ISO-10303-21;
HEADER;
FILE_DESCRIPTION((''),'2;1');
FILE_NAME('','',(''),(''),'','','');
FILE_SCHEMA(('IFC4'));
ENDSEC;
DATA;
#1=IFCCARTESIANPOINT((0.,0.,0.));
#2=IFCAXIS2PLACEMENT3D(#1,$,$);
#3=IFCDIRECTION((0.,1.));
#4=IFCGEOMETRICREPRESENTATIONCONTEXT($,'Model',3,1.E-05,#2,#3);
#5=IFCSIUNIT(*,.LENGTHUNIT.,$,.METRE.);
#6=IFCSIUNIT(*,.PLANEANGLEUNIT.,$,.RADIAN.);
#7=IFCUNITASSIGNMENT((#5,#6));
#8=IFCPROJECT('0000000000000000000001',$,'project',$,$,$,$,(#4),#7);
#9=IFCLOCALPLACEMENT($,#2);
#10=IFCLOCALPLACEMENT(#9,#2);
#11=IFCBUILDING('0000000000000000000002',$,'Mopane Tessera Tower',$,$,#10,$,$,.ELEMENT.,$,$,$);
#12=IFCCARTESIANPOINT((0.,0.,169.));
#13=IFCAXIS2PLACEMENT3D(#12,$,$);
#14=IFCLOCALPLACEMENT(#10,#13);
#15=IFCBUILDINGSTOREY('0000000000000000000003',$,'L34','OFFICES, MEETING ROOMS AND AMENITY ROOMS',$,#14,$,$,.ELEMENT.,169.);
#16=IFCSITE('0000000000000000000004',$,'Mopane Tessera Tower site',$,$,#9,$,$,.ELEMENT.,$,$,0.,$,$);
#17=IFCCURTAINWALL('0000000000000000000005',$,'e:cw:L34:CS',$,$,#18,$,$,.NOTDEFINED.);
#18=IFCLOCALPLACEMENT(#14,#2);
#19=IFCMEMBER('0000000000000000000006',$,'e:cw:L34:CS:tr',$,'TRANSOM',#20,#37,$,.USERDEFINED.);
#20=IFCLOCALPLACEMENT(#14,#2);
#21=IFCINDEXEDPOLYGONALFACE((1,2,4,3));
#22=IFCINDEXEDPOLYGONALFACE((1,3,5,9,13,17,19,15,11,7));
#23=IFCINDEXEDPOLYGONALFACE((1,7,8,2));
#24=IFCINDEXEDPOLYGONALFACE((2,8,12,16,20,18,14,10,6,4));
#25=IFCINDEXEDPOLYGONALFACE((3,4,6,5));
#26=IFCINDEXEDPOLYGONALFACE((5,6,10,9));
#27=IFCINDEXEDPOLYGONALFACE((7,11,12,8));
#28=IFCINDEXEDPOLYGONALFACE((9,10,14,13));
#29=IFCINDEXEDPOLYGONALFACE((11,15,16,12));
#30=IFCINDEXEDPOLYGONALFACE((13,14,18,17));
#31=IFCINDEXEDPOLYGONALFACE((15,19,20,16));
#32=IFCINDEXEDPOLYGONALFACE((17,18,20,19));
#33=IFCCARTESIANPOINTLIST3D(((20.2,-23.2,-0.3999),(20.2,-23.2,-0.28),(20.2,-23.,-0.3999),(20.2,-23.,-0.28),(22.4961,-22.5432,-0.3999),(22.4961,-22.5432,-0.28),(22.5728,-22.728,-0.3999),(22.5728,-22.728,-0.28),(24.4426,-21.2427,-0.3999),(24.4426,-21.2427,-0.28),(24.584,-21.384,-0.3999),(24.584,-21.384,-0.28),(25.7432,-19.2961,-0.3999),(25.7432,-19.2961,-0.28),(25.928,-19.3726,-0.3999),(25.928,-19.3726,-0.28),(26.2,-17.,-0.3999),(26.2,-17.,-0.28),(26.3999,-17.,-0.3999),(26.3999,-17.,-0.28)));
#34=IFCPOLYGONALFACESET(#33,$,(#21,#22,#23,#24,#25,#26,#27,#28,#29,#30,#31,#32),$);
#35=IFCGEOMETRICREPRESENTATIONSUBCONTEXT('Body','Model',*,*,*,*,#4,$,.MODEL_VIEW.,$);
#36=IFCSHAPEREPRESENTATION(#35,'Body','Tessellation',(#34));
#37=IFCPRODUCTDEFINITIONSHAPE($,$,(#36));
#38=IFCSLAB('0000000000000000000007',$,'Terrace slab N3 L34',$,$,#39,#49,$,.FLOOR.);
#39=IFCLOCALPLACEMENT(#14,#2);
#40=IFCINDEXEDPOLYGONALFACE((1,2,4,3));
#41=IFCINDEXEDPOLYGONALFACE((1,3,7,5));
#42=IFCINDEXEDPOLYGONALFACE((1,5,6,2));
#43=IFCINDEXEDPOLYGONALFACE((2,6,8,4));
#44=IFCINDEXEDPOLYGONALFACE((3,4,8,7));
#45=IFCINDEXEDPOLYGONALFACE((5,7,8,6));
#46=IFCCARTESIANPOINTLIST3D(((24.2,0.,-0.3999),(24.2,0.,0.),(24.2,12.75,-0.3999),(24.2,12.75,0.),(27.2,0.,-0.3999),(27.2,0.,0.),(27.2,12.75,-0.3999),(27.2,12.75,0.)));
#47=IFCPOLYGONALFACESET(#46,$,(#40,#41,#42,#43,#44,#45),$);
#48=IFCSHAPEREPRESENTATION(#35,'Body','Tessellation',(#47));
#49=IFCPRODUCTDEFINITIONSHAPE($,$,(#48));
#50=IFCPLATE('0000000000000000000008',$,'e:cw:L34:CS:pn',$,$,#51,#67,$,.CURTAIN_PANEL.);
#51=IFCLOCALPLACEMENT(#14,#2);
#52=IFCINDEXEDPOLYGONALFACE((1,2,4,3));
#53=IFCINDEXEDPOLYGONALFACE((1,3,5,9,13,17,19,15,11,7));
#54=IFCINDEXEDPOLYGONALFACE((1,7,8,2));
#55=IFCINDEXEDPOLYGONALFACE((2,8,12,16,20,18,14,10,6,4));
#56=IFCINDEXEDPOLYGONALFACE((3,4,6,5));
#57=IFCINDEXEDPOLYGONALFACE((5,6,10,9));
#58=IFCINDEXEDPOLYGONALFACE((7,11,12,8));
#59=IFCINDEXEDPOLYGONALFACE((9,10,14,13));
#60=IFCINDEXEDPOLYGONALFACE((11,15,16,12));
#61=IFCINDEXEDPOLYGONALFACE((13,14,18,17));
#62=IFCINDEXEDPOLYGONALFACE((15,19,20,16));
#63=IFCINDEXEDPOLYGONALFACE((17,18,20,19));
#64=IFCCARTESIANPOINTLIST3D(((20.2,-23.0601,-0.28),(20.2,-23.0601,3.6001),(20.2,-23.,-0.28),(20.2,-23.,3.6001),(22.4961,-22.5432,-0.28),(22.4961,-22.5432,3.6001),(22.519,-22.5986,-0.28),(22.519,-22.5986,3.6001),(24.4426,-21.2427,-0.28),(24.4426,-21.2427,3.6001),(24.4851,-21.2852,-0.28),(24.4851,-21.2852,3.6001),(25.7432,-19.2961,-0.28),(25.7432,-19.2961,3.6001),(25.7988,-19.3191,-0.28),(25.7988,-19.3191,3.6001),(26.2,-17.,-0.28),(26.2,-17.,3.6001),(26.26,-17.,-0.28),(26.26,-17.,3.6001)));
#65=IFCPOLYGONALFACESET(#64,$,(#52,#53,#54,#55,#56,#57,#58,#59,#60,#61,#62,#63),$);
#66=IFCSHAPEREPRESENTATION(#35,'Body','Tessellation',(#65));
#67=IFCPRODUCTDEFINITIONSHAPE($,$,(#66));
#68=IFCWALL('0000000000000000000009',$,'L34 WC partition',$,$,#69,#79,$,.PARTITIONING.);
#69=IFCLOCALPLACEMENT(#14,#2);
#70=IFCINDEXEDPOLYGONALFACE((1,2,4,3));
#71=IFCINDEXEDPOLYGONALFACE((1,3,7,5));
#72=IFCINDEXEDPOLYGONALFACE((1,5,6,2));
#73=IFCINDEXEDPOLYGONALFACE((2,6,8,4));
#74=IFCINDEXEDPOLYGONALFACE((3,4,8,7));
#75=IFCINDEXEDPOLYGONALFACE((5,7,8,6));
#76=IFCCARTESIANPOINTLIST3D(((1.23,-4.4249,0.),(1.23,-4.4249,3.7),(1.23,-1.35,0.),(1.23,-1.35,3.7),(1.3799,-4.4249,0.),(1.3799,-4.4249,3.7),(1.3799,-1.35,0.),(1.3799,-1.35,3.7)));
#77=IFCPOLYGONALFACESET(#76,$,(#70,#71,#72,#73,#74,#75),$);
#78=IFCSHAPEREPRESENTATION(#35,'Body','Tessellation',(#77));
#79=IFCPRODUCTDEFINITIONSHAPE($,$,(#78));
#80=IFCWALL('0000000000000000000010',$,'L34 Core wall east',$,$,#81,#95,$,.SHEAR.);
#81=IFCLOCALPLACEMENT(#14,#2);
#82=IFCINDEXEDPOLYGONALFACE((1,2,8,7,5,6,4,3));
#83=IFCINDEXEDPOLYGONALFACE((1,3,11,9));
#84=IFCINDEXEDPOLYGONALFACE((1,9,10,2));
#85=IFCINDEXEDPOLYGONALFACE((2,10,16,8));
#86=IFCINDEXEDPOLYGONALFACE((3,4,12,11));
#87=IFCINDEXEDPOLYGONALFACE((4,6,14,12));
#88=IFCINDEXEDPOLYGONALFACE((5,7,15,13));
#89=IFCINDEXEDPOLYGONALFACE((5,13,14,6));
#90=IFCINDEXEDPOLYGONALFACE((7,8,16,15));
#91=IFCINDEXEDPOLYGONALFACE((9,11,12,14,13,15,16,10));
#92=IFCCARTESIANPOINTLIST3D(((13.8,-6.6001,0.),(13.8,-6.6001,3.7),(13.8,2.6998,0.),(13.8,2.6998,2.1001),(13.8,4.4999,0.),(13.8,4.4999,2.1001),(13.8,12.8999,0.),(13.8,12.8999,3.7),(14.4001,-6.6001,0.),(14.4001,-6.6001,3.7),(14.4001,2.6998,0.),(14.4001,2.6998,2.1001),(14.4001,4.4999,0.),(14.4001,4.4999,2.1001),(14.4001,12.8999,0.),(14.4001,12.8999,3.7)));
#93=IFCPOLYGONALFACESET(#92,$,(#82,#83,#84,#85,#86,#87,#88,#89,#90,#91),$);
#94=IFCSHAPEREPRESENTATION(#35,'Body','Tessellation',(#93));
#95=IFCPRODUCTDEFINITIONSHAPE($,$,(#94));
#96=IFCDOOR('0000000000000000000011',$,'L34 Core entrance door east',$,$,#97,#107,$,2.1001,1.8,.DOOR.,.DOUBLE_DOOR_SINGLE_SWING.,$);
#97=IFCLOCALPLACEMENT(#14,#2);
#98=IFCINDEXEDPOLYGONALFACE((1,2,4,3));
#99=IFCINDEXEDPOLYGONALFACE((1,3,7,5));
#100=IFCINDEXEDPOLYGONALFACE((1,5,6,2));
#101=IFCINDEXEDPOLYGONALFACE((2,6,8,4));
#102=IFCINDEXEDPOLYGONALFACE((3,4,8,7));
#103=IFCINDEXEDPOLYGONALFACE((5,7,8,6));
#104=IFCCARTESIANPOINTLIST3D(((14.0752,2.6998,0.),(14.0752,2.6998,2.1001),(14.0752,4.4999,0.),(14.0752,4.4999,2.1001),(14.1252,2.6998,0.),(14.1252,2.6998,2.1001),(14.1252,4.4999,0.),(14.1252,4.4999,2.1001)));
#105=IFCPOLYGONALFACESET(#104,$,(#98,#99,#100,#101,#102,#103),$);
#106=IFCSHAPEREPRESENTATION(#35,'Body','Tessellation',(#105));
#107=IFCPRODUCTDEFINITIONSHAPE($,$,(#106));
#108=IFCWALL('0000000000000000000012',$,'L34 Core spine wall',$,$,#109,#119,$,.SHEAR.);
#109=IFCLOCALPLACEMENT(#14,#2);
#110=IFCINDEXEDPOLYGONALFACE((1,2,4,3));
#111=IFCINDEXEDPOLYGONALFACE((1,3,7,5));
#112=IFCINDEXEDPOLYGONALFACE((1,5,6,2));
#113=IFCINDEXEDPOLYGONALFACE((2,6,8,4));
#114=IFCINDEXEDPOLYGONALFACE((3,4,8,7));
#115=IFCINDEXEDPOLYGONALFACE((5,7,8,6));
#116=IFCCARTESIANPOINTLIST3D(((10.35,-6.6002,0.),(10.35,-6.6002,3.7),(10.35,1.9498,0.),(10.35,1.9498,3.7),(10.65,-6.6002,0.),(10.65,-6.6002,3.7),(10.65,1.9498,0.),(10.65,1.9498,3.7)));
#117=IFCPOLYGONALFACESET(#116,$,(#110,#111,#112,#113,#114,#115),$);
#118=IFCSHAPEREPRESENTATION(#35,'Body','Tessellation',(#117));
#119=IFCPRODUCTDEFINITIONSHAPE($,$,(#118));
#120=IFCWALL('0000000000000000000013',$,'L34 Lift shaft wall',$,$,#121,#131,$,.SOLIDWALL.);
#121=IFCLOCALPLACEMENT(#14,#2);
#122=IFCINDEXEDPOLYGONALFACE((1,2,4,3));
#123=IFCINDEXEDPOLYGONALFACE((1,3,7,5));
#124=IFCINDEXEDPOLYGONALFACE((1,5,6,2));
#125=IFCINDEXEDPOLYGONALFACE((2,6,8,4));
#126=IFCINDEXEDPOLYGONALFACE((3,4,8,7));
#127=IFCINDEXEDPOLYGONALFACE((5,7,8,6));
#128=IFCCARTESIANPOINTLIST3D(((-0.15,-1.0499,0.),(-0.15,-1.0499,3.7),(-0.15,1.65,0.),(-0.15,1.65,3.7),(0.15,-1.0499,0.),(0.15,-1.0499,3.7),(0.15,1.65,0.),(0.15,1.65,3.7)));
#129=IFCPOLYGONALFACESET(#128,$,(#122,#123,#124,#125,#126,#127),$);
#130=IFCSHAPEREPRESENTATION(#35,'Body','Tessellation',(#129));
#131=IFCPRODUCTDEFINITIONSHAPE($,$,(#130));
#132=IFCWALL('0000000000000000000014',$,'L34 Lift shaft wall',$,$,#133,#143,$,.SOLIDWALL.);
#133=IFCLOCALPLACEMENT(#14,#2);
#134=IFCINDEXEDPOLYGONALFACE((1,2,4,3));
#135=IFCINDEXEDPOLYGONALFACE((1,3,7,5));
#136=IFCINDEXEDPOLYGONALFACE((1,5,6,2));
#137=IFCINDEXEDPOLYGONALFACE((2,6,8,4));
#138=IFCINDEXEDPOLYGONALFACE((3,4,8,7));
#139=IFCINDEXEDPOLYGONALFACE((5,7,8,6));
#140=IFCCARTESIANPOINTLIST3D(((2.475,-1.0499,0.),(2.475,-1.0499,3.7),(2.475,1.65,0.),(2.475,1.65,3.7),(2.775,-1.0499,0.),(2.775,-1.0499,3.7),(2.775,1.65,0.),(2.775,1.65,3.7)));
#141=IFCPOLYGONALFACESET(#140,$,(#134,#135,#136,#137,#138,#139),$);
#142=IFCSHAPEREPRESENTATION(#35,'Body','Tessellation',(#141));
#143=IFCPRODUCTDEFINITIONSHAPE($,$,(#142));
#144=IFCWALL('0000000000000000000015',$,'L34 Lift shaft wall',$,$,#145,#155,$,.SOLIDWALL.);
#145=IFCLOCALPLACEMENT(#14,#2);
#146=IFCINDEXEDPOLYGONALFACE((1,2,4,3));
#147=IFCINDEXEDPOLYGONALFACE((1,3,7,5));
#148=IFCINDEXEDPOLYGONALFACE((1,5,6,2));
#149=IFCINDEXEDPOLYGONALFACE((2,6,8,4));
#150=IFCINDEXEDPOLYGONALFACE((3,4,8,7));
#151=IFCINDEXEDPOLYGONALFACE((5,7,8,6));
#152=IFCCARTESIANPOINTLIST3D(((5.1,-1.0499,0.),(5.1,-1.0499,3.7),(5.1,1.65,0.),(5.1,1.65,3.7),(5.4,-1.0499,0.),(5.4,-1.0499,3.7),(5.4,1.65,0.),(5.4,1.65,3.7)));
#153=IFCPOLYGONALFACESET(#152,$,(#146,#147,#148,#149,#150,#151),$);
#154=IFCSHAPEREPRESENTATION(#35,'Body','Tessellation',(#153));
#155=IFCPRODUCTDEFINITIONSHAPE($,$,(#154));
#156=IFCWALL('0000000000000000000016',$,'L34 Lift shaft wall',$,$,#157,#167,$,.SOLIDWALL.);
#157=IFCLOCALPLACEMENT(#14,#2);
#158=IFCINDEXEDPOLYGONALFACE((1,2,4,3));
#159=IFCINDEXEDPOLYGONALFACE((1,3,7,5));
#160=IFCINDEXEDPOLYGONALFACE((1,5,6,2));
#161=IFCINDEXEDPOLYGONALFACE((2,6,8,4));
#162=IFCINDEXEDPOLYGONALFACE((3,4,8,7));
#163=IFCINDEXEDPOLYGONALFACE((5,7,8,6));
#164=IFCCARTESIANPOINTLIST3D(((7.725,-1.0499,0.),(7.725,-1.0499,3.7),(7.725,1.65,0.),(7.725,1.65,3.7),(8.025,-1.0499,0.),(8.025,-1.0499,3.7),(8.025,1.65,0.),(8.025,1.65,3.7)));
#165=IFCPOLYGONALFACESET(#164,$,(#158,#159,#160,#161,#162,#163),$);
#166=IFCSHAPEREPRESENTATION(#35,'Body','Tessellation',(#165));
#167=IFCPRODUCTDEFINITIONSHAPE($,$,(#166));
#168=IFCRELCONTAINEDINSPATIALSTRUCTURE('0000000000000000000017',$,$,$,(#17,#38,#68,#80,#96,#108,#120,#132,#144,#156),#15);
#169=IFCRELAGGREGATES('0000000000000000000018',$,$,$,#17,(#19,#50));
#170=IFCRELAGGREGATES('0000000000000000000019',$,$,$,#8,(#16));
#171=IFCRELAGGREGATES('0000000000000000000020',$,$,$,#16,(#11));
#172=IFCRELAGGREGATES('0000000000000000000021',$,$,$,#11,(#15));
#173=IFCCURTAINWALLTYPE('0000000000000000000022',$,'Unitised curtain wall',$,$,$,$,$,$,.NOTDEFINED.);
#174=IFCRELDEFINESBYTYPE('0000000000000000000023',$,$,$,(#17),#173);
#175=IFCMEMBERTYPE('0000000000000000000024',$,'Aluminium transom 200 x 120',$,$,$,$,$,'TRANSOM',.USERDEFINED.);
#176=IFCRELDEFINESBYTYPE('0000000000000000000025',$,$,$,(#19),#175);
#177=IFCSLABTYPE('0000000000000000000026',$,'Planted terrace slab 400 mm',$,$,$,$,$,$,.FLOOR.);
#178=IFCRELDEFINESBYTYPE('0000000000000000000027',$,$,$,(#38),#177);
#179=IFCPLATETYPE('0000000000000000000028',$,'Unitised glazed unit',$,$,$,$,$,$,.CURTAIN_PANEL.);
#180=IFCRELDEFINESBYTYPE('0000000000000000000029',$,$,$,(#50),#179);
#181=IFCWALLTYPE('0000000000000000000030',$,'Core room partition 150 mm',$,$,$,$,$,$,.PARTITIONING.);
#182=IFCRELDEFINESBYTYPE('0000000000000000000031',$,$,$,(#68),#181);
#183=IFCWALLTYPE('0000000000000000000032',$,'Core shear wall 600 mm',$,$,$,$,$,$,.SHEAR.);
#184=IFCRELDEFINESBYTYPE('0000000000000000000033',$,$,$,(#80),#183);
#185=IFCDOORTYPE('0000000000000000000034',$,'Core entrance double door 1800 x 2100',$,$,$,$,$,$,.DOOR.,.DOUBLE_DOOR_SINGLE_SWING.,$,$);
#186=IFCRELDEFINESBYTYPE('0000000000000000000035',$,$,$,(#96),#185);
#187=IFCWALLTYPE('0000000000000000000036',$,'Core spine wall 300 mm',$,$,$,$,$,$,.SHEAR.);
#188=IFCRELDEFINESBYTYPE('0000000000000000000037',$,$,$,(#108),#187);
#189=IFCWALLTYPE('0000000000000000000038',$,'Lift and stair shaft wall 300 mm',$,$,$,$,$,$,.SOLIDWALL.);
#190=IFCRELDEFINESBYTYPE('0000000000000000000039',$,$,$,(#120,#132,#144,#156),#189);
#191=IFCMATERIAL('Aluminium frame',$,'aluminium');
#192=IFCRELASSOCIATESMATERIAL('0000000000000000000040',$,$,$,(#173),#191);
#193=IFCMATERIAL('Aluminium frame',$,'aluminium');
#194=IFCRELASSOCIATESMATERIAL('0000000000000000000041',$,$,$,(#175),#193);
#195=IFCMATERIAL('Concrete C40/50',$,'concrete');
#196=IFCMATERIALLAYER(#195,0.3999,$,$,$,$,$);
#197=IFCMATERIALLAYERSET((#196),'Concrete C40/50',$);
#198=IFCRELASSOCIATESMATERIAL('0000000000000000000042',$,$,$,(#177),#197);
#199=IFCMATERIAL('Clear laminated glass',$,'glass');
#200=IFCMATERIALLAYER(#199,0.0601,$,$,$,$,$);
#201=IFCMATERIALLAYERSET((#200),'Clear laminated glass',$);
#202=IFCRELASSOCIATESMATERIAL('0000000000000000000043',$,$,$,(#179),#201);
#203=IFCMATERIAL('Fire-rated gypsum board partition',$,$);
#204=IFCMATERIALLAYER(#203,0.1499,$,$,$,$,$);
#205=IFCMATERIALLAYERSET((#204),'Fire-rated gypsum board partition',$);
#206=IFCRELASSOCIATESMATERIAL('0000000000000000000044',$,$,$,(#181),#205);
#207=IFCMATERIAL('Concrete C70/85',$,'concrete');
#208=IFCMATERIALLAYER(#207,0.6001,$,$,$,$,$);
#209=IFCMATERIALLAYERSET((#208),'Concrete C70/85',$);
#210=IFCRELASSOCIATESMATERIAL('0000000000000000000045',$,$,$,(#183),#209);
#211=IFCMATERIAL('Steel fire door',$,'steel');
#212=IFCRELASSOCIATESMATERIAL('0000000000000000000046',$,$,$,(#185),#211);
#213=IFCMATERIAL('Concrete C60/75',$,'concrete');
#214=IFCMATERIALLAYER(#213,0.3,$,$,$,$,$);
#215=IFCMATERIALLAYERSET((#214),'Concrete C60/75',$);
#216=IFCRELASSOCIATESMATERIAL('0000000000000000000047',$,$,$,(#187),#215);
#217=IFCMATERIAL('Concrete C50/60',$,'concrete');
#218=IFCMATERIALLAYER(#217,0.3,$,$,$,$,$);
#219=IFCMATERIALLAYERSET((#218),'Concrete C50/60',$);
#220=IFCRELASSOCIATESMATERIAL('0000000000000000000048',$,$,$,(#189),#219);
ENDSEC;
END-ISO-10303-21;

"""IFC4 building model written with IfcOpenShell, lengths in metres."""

from ifc_helpers import new_model, si_unit, direction, frame, frame_2d, origin, origin_2d, place, context, subcontext, project, spatial, polyline, rectangle, outline, extrude, material, layer, layer_set, material_profile, profile_set, type_object, element, fill, aggregate, save


model = new_model("IFC4")

# Units and contexts
model_context = context("Model", 3, precision=1e-05, world=origin(), true_north=direction((0.0, 1.0)))
body_context = subcontext(model_context, "Body", "Model", "MODEL_VIEW")
ifc_project = project(units=[si_unit("LENGTHUNIT", "METRE"), si_unit("PLANEANGLEUNIT", "RADIAN")], contexts=[model_context])

# Site, building, storey
site_placement = place(None, origin())
site = spatial("IfcSite", under=ifc_project, at=site_placement, Name="Mopane Tessera Tower site", CompositionType="ELEMENT", RefElevation=0.0)
building_placement = place(site_placement, origin())
building = spatial("IfcBuilding", under=site, at=building_placement, Name="Mopane Tessera Tower", CompositionType="ELEMENT")
storey_placement = place(building_placement, frame((0.0, 0.0, 169.0)))
storey = spatial("IfcBuildingStorey", under=building, at=storey_placement, Name="L34", Description="OFFICES, MEETING ROOMS AND AMENITY ROOMS", CompositionType="ELEMENT", Elevation=169.0)

# Curtain wall, member
ifc_material_1 = material(Name="Aluminium frame", Category="aluminium")
curtain_wall_type = type_object("IfcCurtainWallType", Name="Unitised curtain wall", PredefinedType="NOTDEFINED", material=ifc_material_1)
curtain_wall_placement = place(storey_placement, origin())
curtain_wall = element("IfcCurtainWall", 1, at=curtain_wall_placement, inside=storey, type_object=curtain_wall_type, Name="e:cw:L34:CS", PredefinedType="NOTDEFINED")
ifc_material_2 = material(Name="Aluminium frame", Category="aluminium")
ifc_material_profile = material_profile(ifc_material_2, rectangle(XDim=0.2, YDim=0.1201, at=origin_2d()))
ifc_profile_set = profile_set([ifc_material_profile], Name="Aluminium frame")
member_type = type_object("IfcMemberType", Name="Aluminium transom 200 x 120", ElementType="TRANSOM", PredefinedType="USERDEFINED", material=ifc_profile_set)
member_placement = place(storey_placement, frame((0.0, 0.0, -0.3999)))
member = element("IfcMember", 2, at=member_placement, type_object=member_type, Name="e:cw:L34:CS:tr", ObjectType="TRANSOM", PredefinedType="USERDEFINED", context=body_context, shape_type="SweptSolid", body=[
    extrude(outline(polyline([(20.2, -23.0), (22.4961, -22.5432), (24.4426, -21.2427), (25.7432, -19.2961), (26.2, -17.0), (26.3999, -17.0), (25.928, -19.3726), (24.584, -21.384), (22.5728, -22.728), (20.2, -23.2), (20.2, -23.0)])), origin(), (0.0, 0.0, 1.0), 0.1199),
])

# Slab
ifc_material_3 = material(Name="Concrete C40/50", Category="concrete")
ifc_layer_1 = layer(ifc_material_3, 0.3999)
ifc_layer_set_1 = layer_set([ifc_layer_1], Name="Concrete C40/50")
slab_type = type_object("IfcSlabType", Name="Planted terrace slab 400 mm", PredefinedType="FLOOR", material=ifc_layer_set_1)
slab_placement = place(storey_placement, frame((0.0, 0.0, -0.3999)))
element("IfcSlab", 3, at=slab_placement, inside=storey, type_object=slab_type, Name="Terrace slab N3 L34", PredefinedType="FLOOR", context=body_context, shape_type="SweptSolid", body=[
    extrude(outline(polyline([(27.2, 12.75), (24.2, 12.75), (24.2, 0.0), (27.2, 0.0), (27.2, 12.75)])), origin(), (0.0, 0.0, 1.0), 0.3999),
])

# Plate
ifc_material_4 = material(Name="Clear laminated glass", Category="glass")
ifc_layer_2 = layer(ifc_material_4, 0.0601)
ifc_layer_set_2 = layer_set([ifc_layer_2], Name="Clear laminated glass")
plate_type = type_object("IfcPlateType", Name="Unitised glazed unit", PredefinedType="CURTAIN_PANEL", material=ifc_layer_set_2)
plate_placement = place(storey_placement, frame((0.0, 0.0, -0.28)))
plate = element("IfcPlate", 4, at=plate_placement, type_object=plate_type, Name="e:cw:L34:CS:pn", PredefinedType="CURTAIN_PANEL", context=body_context, shape_type="SweptSolid", body=[
    extrude(outline(polyline([(20.2, -23.0), (22.4961, -22.5432), (24.4426, -21.2427), (25.7432, -19.2961), (26.2, -17.0), (26.26, -17.0), (25.7988, -19.3191), (24.4851, -21.2852), (22.519, -22.5986), (20.2, -23.0601), (20.2, -23.0)])), origin(), (0.0, 0.0, 1.0), 3.8801),
])
aggregate(curtain_wall, [member, plate])

# Wall
ifc_material_5 = material(Name="Fire-rated gypsum board partition")
ifc_layer_3 = layer(ifc_material_5, 0.1499)
ifc_layer_set_3 = layer_set([ifc_layer_3], Name="Fire-rated gypsum board partition")
wall_type_1 = type_object("IfcWallType", Name="Core room partition 150 mm", PredefinedType="PARTITIONING", material=ifc_layer_set_3)
wall_1_placement = place(storey_placement, frame((1.3049, -4.425, 0.0), z_axis=(0.0, 0.0, 1.0), x_axis=(0.0, 1.0, 0.0)))
element("IfcWall", 5, at=wall_1_placement, inside=storey, type_object=wall_type_1, Name="L34 WC partition", PredefinedType="PARTITIONING", context=body_context, shape_type="SweptSolid", body=[
    extrude(rectangle(XDim=3.075, YDim=0.1499, at=frame_2d((1.5376, 0.0))), origin(), (0.0, 0.0, 1.0), 3.7),
])

# Wall, opening, door
ifc_material_6 = material(Name="Concrete C70/85", Category="concrete")
ifc_layer_4 = layer(ifc_material_6, 0.6001)
ifc_layer_set_4 = layer_set([ifc_layer_4], Name="Concrete C70/85")
wall_type_2 = type_object("IfcWallType", Name="Core shear wall 600 mm", PredefinedType="SHEAR", material=ifc_layer_set_4)
wall_2_placement = place(storey_placement, frame((14.1001, -6.6001, 0.0), z_axis=(0.0, 0.0, 1.0), x_axis=(0.0, 1.0, 0.0)))
wall_2 = element("IfcWall", 6, at=wall_2_placement, inside=storey, type_object=wall_type_2, Name="L34 Core wall east", PredefinedType="SHEAR", context=body_context, shape_type="SweptSolid", body=[
    extrude(rectangle(XDim=19.5, YDim=0.6001, at=frame_2d((9.75, 0.0))), origin(), (0.0, 0.0, 1.0), 3.7),
])
opening_1_placement = place(wall_2_placement, frame((9.3, 0.0, 0.0)))
opening_1 = element("IfcOpeningElement", 7, at=opening_1_placement, cuts=wall_2, PredefinedType="OPENING", context=body_context, shape_type="SweptSolid", body=[
    extrude(rectangle(XDim=1.8, YDim=2.1001, at=frame_2d((0.8999, 1.05))), frame((0.0, 0.312, 0.0), z_axis=(0.0, -1.0, 0.0), x_axis=(1.0, 0.0, 0.0)), (0.0, 0.0, 1.0), 0.624),
])
ifc_material_7 = material(Name="Steel fire door", Category="steel")
door_type_1 = type_object("IfcDoorType", Name="Core entrance double door 1800 x 2100", OperationType="DOUBLE_DOOR_SINGLE_SWING", PredefinedType="DOOR", material=ifc_material_7)
door_1_placement = place(opening_1_placement, origin())
door_1 = element("IfcDoor", 8, at=door_1_placement, inside=storey, type_object=door_type_1, Name="L34 Core entrance door east", OperationType="DOUBLE_DOOR_SINGLE_SWING", OverallHeight=2.1001, OverallWidth=1.8, PredefinedType="DOOR", context=body_context, shape_type="SweptSolid", body=[
    extrude(rectangle(XDim=1.8, YDim=2.1001, at=frame_2d((0.8999, 1.05))), frame((0.0, 0.0249, 0.0), z_axis=(0.0, -1.0, 0.0), x_axis=(1.0, 0.0, 0.0)), (0.0, 0.0, 1.0), 0.05),
])
fill(opening_1, door_1)

# Walls
ifc_material_8 = material(Name="Concrete C60/75", Category="concrete")
ifc_layer_5 = layer(ifc_material_8, 0.3)
ifc_layer_set_5 = layer_set([ifc_layer_5], Name="Concrete C60/75")
wall_type_3 = type_object("IfcWallType", Name="Core spine wall 300 mm", PredefinedType="SHEAR", material=ifc_layer_set_5)
wall_3_placement = place(storey_placement, frame((10.5, -6.6001, 0.0), z_axis=(0.0, 0.0, 1.0), x_axis=(0.0, 1.0, 0.0)))
element("IfcWall", 9, at=wall_3_placement, inside=storey, type_object=wall_type_3, Name="L34 Core spine wall", PredefinedType="SHEAR", context=body_context, shape_type="SweptSolid", body=[
    extrude(rectangle(XDim=8.55, YDim=0.3, at=frame_2d((4.2749, 0.0))), origin(), (0.0, 0.0, 1.0), 3.7),
])
ifc_material_9 = material(Name="Concrete C50/60", Category="concrete")
ifc_layer_6 = layer(ifc_material_9, 0.3)
ifc_layer_set_6 = layer_set([ifc_layer_6], Name="Concrete C50/60")
wall_type_4 = type_object("IfcWallType", Name="Lift and stair shaft wall 300 mm", PredefinedType="SOLIDWALL", material=ifc_layer_set_6)
for number, where, z_axis, x_axis, name in (
    (10, (0.0, -1.05, 0.0), (0.0, 0.0, 1.0), (0.0, 1.0, 0.0), "L34 Lift shaft wall"),
    (11, (2.625, -1.05, 0.0), (0.0, 0.0, 1.0), (0.0, 1.0, 0.0), "L34 Lift shaft wall"),
    (12, (5.25, -1.05, 0.0), (0.0, 0.0, 1.0), (0.0, 1.0, 0.0), "L34 Lift shaft wall"),
    (13, (7.875, -1.05, 0.0), (0.0, 0.0, 1.0), (0.0, 1.0, 0.0), "L34 Lift shaft wall"),
):
    element("IfcWall", number, at=place(storey_placement, frame(where, z_axis=z_axis, x_axis=x_axis)), inside=storey, type_object=wall_type_4, Name=name, PredefinedType="SOLIDWALL", context=body_context, shape_type="SweptSolid", body=[
        extrude(rectangle(XDim=2.7, YDim=0.3, at=frame_2d((1.3501, 0.0))), origin(), (0.0, 0.0, 1.0), 3.7),
    ])

save(model, "model.ifc")
